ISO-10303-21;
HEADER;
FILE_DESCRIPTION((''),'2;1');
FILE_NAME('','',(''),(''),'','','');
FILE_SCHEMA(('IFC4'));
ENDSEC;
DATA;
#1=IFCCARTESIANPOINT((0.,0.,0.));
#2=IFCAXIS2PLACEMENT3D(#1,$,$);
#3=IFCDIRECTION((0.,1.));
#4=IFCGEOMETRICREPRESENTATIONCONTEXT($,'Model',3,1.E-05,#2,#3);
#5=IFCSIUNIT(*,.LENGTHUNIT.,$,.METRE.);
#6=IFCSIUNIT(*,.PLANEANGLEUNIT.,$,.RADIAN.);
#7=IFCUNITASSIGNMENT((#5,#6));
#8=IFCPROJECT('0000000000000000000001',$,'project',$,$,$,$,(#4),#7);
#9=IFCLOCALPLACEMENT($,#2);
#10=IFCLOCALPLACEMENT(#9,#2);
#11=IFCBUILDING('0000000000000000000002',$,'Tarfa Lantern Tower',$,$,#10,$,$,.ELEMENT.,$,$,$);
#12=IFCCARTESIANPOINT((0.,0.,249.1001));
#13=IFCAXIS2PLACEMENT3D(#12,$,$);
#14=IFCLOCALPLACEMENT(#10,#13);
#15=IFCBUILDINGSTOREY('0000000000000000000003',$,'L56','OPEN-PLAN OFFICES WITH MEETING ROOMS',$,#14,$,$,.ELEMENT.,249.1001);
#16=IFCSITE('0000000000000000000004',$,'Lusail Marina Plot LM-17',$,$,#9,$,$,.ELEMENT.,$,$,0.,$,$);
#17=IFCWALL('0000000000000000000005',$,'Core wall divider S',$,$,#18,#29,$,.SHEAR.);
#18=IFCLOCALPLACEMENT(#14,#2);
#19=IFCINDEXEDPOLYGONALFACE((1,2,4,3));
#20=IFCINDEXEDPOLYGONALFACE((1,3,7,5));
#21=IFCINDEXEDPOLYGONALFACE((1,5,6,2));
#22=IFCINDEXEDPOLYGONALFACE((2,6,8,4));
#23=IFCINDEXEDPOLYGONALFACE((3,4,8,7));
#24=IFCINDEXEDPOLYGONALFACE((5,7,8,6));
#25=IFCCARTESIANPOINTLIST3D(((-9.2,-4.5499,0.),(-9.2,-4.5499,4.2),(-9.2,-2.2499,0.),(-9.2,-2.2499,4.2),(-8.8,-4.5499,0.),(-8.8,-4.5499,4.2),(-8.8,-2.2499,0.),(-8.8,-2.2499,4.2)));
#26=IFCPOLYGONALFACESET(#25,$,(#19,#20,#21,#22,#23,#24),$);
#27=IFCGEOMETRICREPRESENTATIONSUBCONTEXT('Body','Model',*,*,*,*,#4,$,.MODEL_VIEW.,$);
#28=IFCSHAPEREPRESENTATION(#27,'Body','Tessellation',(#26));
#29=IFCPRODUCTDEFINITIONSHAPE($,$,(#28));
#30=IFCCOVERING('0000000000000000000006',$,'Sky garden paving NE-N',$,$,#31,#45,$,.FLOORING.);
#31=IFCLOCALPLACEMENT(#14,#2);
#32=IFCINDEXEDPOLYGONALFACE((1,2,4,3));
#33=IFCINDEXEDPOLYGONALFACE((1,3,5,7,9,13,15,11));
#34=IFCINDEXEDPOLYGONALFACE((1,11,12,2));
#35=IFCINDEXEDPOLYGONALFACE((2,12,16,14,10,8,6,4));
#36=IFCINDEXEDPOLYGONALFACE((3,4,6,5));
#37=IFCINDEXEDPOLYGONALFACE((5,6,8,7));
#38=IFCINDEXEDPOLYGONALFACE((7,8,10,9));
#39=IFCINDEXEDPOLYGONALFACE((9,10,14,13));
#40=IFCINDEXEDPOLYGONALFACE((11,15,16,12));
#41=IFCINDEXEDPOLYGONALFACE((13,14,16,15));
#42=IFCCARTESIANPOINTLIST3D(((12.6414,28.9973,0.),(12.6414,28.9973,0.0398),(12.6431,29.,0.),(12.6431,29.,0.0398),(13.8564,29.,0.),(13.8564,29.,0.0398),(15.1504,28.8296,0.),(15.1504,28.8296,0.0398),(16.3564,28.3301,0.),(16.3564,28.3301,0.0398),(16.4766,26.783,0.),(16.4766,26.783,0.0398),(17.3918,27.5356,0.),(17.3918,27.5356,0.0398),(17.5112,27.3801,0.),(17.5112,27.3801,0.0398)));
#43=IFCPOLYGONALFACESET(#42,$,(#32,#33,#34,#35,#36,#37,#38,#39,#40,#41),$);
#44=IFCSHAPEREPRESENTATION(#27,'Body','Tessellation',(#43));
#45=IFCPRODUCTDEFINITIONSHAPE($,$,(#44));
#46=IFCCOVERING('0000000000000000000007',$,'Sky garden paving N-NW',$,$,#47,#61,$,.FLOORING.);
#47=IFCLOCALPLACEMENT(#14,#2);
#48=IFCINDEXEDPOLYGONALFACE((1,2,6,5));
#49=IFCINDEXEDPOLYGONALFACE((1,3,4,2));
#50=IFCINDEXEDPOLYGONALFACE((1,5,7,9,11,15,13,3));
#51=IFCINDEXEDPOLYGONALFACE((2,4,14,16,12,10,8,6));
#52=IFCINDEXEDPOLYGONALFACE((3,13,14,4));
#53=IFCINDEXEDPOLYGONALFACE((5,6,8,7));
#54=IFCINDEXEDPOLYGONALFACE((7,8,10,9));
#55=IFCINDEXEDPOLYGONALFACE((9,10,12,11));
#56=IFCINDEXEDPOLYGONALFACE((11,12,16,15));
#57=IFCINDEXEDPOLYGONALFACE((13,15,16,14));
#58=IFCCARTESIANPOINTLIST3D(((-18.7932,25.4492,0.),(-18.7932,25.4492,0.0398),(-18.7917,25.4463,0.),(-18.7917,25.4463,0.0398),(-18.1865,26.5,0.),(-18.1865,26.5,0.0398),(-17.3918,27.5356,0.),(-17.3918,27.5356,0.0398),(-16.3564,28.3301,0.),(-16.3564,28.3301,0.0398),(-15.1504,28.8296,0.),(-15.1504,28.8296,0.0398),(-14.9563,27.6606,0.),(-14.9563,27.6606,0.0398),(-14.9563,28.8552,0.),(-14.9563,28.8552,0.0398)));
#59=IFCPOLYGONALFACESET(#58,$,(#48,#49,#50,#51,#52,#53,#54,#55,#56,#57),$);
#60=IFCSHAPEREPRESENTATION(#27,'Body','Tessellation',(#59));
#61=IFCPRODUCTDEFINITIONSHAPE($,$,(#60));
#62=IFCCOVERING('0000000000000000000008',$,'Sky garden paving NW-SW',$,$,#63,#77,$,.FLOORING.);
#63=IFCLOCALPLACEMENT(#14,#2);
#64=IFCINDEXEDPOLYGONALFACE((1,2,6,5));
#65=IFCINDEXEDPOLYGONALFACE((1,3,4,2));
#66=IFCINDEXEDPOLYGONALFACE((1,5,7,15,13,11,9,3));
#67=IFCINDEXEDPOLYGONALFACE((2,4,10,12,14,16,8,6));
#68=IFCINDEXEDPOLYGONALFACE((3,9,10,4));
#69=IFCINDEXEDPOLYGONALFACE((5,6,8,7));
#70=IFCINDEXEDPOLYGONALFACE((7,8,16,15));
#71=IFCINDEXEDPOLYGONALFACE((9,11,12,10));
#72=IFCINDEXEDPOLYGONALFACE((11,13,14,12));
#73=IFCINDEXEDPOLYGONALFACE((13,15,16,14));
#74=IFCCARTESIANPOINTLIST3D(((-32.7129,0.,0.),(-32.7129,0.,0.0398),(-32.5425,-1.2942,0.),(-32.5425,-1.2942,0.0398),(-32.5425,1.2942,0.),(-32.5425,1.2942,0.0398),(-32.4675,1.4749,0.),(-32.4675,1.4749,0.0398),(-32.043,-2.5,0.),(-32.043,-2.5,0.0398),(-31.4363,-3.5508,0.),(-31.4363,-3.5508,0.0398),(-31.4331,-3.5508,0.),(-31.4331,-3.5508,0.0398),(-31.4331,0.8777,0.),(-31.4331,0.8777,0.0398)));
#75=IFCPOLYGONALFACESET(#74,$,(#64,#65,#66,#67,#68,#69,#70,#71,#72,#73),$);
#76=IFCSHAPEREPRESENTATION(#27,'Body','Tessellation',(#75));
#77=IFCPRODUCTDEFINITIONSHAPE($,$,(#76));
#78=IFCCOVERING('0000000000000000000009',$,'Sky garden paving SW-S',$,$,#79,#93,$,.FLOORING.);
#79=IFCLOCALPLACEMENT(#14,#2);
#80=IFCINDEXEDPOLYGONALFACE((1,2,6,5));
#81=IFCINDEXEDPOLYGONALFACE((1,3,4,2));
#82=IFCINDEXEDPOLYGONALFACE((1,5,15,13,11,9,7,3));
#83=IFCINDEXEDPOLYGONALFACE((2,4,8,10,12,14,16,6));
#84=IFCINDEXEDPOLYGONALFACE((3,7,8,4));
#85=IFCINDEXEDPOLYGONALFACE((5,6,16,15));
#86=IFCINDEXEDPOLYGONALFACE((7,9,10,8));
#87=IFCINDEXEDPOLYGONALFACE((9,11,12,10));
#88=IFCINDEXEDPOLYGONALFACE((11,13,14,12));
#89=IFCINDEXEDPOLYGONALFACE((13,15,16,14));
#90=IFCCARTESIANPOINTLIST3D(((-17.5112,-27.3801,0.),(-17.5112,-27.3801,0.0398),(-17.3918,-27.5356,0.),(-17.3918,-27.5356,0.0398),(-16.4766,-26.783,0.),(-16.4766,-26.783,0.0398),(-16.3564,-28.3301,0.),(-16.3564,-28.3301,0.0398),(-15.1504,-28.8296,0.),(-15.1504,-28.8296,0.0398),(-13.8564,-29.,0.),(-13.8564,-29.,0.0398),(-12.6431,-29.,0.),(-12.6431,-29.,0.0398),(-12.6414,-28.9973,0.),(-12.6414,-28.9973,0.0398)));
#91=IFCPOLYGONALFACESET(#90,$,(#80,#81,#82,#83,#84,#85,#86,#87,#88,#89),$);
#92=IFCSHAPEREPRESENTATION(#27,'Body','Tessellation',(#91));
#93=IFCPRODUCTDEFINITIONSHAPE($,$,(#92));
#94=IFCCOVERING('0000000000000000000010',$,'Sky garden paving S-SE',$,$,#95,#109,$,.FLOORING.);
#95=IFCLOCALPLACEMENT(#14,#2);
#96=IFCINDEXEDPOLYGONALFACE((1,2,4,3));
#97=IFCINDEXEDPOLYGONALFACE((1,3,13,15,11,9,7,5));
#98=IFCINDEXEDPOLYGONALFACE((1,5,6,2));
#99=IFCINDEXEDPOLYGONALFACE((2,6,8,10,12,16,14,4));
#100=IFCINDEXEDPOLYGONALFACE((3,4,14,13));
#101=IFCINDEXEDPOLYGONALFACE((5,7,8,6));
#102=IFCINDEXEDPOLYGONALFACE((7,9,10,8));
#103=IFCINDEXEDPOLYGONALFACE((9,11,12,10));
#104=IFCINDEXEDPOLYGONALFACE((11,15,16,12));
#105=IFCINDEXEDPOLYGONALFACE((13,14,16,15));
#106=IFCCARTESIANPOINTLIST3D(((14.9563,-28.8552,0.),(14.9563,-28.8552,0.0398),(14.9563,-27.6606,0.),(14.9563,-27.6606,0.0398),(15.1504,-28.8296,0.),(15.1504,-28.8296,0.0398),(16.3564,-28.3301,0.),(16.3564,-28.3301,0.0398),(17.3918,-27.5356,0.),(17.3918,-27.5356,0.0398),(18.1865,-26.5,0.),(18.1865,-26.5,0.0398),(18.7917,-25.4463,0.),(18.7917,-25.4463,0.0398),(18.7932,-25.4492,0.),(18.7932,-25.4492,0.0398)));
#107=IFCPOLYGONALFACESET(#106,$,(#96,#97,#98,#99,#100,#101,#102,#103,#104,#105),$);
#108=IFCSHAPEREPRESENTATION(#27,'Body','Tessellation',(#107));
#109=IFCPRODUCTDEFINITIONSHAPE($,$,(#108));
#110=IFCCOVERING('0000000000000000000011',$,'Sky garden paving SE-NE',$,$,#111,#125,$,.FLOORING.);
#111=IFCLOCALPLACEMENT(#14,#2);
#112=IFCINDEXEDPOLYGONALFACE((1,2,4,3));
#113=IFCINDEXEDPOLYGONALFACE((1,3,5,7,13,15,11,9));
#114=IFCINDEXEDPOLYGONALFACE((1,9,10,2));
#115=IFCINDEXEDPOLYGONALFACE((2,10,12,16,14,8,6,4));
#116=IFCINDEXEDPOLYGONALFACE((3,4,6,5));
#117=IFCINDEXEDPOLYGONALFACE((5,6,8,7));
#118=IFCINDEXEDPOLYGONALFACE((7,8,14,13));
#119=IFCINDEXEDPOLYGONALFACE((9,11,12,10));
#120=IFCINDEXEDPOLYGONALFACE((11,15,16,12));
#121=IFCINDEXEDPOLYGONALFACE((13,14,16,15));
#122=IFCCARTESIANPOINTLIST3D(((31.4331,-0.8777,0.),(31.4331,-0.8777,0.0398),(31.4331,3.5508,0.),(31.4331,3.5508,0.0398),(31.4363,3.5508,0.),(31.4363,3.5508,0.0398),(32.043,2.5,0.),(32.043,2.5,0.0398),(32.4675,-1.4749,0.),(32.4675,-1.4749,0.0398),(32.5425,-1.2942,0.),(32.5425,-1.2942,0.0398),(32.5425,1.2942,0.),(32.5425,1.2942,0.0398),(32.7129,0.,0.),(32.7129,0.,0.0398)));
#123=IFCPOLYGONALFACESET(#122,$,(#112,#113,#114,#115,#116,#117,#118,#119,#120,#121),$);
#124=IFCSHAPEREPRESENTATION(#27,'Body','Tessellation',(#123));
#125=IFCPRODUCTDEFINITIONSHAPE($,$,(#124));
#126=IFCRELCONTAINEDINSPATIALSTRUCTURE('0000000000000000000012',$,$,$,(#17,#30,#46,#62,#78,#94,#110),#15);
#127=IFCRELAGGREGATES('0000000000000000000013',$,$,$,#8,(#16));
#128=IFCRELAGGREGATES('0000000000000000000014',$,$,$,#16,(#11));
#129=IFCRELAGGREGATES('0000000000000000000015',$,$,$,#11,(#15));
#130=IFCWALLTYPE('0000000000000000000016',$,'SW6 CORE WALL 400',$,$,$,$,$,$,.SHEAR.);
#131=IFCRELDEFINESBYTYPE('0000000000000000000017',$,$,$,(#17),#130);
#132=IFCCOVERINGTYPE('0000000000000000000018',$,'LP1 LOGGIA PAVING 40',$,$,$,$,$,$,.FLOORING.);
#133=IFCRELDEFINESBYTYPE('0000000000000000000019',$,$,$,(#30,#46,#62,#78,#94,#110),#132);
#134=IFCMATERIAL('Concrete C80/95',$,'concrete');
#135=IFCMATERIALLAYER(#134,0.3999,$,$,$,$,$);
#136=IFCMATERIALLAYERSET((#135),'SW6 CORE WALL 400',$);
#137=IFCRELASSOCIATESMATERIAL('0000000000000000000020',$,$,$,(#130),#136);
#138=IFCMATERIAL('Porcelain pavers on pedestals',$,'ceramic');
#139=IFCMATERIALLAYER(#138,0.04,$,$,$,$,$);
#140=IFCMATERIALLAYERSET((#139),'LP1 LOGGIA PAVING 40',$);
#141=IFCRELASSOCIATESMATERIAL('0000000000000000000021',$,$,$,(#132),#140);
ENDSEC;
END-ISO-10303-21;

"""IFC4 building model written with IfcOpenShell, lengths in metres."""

from ifc_helpers import new_model, si_unit, direction, frame, frame_2d, origin, place, context, subcontext, project, spatial, polyline, rectangle, outline, extrude, material, layer, layer_set, type_object, element, save


model = new_model("IFC4")

# Units and contexts
model_context = context("Model", 3, precision=1e-05, world=origin(), true_north=direction((0.0, 1.0)))
body_context = subcontext(model_context, "Body", "Model", "MODEL_VIEW")
ifc_project = project(units=[si_unit("LENGTHUNIT", "METRE"), si_unit("PLANEANGLEUNIT", "RADIAN")], contexts=[model_context])

# Site, building, storey
site_placement = place(None, origin())
site = spatial("IfcSite", under=ifc_project, at=site_placement, Name="Lusail Marina Plot LM-17", CompositionType="ELEMENT", RefElevation=0.0)
building_placement = place(site_placement, origin())
building = spatial("IfcBuilding", under=site, at=building_placement, Name="Tarfa Lantern Tower", CompositionType="ELEMENT")
storey_placement = place(building_placement, frame((0.0, 0.0, 249.1001)))
storey = spatial("IfcBuildingStorey", under=building, at=storey_placement, Name="L56", Description="OPEN-PLAN OFFICES WITH MEETING ROOMS", CompositionType="ELEMENT", Elevation=249.1001)

# Shared definitions
ifc_material_1 = material(Name="Concrete C80/95", Category="concrete")

# Wall
ifc_layer_1 = layer(ifc_material_1, 0.3999)
ifc_layer_set_1 = layer_set([ifc_layer_1], Name="SW6 CORE WALL 400")
wall_type_1 = type_object("IfcWallType", Name="SW6 CORE WALL 400", PredefinedType="SHEAR", material=ifc_layer_set_1)
wall_1_placement = place(storey_placement, frame((-9.0, -2.25, 0.0), z_axis=(0.0, 0.0, 1.0), x_axis=(0.0, -1.0, 0.0)))
element("IfcWall", 1, at=wall_1_placement, inside=storey, type_object=wall_type_1, Name="Core wall divider S", PredefinedType="SHEAR", context=body_context, shape_type="SweptSolid", body=[
    extrude(rectangle(XDim=2.3, YDim=0.3999, at=frame_2d((1.1499, 0.0))), origin(), (0.0, 0.0, 1.0), 4.2),
])

# Coverings
ifc_material_2 = material(Name="Porcelain pavers on pedestals", Category="ceramic")
ifc_layer_2 = layer(ifc_material_2, 0.04)
ifc_layer_set_2 = layer_set([ifc_layer_2], Name="LP1 LOGGIA PAVING 40")
covering_type = type_object("IfcCoveringType", Name="LP1 LOGGIA PAVING 40", PredefinedType="FLOORING", material=ifc_layer_set_2)
covering_1_placement = place(storey_placement, origin())
element("IfcCovering", 2, at=covering_1_placement, inside=storey, type_object=covering_type, Name="Sky garden paving NE-N", PredefinedType="FLOORING", context=body_context, shape_type="SweptSolid", body=[
    extrude(outline(polyline([(15.1504, 28.8296), (16.3564, 28.3301), (17.3918, 27.5356), (17.5112, 27.3801), (16.4766, 26.783), (12.6414, 28.9973), (12.6431, 29.0), (13.8564, 29.0), (15.1504, 28.8296)])), origin(), (0.0, 0.0, 1.0), 0.0398),
])
covering_2_placement = place(storey_placement, origin())
element("IfcCovering", 3, at=covering_2_placement, inside=storey, type_object=covering_type, Name="Sky garden paving N-NW", PredefinedType="FLOORING", context=body_context, shape_type="SweptSolid", body=[
    extrude(outline(polyline([(-17.3918, 27.5356), (-16.3564, 28.3301), (-15.1504, 28.8296), (-14.9563, 28.8552), (-14.9563, 27.6606), (-18.7917, 25.4463), (-18.7932, 25.4492), (-18.1865, 26.5), (-17.3918, 27.5356)])), origin(), (0.0, 0.0, 1.0), 0.0398),
])
covering_3_placement = place(storey_placement, origin())
element("IfcCovering", 4, at=covering_3_placement, inside=storey, type_object=covering_type, Name="Sky garden paving NW-SW", PredefinedType="FLOORING", context=body_context, shape_type="SweptSolid", body=[
    extrude(outline(polyline([(-32.5425, -1.2942), (-32.7129, 0.0), (-32.5425, 1.2942), (-32.4675, 1.4749), (-31.4331, 0.8777), (-31.4331, -3.5508), (-31.4363, -3.5508), (-32.043, -2.5), (-32.5425, -1.2942)])), origin(), (0.0, 0.0, 1.0), 0.0398),
])
covering_4_placement = place(storey_placement, origin())
element("IfcCovering", 5, at=covering_4_placement, inside=storey, type_object=covering_type, Name="Sky garden paving SW-S", PredefinedType="FLOORING", context=body_context, shape_type="SweptSolid", body=[
    extrude(outline(polyline([(-15.1504, -28.8296), (-16.3564, -28.3301), (-17.3918, -27.5356), (-17.5112, -27.3801), (-16.4766, -26.783), (-12.6414, -28.9973), (-12.6431, -29.0), (-13.8564, -29.0), (-15.1504, -28.8296)])), origin(), (0.0, 0.0, 1.0), 0.0398),
])
covering_5_placement = place(storey_placement, origin())
element("IfcCovering", 6, at=covering_5_placement, inside=storey, type_object=covering_type, Name="Sky garden paving S-SE", PredefinedType="FLOORING", context=body_context, shape_type="SweptSolid", body=[
    extrude(outline(polyline([(17.3918, -27.5356), (16.3564, -28.3301), (15.1504, -28.8296), (14.9563, -28.8552), (14.9563, -27.6606), (18.7917, -25.4463), (18.7932, -25.4492), (18.1865, -26.5), (17.3918, -27.5356)])), origin(), (0.0, 0.0, 1.0), 0.0398),
])
covering_6_placement = place(storey_placement, origin())
element("IfcCovering", 7, at=covering_6_placement, inside=storey, type_object=covering_type, Name="Sky garden paving SE-NE", PredefinedType="FLOORING", context=body_context, shape_type="SweptSolid", body=[
    extrude(outline(polyline([(32.5425, 1.2942), (32.7129, 0.0), (32.5425, -1.2942), (32.4675, -1.4749), (31.4331, -0.8777), (31.4331, 3.5508), (31.4363, 3.5508), (32.043, 2.5), (32.5425, 1.2942)])), origin(), (0.0, 0.0, 1.0), 0.0398),
])

save(model, "model.ifc")
